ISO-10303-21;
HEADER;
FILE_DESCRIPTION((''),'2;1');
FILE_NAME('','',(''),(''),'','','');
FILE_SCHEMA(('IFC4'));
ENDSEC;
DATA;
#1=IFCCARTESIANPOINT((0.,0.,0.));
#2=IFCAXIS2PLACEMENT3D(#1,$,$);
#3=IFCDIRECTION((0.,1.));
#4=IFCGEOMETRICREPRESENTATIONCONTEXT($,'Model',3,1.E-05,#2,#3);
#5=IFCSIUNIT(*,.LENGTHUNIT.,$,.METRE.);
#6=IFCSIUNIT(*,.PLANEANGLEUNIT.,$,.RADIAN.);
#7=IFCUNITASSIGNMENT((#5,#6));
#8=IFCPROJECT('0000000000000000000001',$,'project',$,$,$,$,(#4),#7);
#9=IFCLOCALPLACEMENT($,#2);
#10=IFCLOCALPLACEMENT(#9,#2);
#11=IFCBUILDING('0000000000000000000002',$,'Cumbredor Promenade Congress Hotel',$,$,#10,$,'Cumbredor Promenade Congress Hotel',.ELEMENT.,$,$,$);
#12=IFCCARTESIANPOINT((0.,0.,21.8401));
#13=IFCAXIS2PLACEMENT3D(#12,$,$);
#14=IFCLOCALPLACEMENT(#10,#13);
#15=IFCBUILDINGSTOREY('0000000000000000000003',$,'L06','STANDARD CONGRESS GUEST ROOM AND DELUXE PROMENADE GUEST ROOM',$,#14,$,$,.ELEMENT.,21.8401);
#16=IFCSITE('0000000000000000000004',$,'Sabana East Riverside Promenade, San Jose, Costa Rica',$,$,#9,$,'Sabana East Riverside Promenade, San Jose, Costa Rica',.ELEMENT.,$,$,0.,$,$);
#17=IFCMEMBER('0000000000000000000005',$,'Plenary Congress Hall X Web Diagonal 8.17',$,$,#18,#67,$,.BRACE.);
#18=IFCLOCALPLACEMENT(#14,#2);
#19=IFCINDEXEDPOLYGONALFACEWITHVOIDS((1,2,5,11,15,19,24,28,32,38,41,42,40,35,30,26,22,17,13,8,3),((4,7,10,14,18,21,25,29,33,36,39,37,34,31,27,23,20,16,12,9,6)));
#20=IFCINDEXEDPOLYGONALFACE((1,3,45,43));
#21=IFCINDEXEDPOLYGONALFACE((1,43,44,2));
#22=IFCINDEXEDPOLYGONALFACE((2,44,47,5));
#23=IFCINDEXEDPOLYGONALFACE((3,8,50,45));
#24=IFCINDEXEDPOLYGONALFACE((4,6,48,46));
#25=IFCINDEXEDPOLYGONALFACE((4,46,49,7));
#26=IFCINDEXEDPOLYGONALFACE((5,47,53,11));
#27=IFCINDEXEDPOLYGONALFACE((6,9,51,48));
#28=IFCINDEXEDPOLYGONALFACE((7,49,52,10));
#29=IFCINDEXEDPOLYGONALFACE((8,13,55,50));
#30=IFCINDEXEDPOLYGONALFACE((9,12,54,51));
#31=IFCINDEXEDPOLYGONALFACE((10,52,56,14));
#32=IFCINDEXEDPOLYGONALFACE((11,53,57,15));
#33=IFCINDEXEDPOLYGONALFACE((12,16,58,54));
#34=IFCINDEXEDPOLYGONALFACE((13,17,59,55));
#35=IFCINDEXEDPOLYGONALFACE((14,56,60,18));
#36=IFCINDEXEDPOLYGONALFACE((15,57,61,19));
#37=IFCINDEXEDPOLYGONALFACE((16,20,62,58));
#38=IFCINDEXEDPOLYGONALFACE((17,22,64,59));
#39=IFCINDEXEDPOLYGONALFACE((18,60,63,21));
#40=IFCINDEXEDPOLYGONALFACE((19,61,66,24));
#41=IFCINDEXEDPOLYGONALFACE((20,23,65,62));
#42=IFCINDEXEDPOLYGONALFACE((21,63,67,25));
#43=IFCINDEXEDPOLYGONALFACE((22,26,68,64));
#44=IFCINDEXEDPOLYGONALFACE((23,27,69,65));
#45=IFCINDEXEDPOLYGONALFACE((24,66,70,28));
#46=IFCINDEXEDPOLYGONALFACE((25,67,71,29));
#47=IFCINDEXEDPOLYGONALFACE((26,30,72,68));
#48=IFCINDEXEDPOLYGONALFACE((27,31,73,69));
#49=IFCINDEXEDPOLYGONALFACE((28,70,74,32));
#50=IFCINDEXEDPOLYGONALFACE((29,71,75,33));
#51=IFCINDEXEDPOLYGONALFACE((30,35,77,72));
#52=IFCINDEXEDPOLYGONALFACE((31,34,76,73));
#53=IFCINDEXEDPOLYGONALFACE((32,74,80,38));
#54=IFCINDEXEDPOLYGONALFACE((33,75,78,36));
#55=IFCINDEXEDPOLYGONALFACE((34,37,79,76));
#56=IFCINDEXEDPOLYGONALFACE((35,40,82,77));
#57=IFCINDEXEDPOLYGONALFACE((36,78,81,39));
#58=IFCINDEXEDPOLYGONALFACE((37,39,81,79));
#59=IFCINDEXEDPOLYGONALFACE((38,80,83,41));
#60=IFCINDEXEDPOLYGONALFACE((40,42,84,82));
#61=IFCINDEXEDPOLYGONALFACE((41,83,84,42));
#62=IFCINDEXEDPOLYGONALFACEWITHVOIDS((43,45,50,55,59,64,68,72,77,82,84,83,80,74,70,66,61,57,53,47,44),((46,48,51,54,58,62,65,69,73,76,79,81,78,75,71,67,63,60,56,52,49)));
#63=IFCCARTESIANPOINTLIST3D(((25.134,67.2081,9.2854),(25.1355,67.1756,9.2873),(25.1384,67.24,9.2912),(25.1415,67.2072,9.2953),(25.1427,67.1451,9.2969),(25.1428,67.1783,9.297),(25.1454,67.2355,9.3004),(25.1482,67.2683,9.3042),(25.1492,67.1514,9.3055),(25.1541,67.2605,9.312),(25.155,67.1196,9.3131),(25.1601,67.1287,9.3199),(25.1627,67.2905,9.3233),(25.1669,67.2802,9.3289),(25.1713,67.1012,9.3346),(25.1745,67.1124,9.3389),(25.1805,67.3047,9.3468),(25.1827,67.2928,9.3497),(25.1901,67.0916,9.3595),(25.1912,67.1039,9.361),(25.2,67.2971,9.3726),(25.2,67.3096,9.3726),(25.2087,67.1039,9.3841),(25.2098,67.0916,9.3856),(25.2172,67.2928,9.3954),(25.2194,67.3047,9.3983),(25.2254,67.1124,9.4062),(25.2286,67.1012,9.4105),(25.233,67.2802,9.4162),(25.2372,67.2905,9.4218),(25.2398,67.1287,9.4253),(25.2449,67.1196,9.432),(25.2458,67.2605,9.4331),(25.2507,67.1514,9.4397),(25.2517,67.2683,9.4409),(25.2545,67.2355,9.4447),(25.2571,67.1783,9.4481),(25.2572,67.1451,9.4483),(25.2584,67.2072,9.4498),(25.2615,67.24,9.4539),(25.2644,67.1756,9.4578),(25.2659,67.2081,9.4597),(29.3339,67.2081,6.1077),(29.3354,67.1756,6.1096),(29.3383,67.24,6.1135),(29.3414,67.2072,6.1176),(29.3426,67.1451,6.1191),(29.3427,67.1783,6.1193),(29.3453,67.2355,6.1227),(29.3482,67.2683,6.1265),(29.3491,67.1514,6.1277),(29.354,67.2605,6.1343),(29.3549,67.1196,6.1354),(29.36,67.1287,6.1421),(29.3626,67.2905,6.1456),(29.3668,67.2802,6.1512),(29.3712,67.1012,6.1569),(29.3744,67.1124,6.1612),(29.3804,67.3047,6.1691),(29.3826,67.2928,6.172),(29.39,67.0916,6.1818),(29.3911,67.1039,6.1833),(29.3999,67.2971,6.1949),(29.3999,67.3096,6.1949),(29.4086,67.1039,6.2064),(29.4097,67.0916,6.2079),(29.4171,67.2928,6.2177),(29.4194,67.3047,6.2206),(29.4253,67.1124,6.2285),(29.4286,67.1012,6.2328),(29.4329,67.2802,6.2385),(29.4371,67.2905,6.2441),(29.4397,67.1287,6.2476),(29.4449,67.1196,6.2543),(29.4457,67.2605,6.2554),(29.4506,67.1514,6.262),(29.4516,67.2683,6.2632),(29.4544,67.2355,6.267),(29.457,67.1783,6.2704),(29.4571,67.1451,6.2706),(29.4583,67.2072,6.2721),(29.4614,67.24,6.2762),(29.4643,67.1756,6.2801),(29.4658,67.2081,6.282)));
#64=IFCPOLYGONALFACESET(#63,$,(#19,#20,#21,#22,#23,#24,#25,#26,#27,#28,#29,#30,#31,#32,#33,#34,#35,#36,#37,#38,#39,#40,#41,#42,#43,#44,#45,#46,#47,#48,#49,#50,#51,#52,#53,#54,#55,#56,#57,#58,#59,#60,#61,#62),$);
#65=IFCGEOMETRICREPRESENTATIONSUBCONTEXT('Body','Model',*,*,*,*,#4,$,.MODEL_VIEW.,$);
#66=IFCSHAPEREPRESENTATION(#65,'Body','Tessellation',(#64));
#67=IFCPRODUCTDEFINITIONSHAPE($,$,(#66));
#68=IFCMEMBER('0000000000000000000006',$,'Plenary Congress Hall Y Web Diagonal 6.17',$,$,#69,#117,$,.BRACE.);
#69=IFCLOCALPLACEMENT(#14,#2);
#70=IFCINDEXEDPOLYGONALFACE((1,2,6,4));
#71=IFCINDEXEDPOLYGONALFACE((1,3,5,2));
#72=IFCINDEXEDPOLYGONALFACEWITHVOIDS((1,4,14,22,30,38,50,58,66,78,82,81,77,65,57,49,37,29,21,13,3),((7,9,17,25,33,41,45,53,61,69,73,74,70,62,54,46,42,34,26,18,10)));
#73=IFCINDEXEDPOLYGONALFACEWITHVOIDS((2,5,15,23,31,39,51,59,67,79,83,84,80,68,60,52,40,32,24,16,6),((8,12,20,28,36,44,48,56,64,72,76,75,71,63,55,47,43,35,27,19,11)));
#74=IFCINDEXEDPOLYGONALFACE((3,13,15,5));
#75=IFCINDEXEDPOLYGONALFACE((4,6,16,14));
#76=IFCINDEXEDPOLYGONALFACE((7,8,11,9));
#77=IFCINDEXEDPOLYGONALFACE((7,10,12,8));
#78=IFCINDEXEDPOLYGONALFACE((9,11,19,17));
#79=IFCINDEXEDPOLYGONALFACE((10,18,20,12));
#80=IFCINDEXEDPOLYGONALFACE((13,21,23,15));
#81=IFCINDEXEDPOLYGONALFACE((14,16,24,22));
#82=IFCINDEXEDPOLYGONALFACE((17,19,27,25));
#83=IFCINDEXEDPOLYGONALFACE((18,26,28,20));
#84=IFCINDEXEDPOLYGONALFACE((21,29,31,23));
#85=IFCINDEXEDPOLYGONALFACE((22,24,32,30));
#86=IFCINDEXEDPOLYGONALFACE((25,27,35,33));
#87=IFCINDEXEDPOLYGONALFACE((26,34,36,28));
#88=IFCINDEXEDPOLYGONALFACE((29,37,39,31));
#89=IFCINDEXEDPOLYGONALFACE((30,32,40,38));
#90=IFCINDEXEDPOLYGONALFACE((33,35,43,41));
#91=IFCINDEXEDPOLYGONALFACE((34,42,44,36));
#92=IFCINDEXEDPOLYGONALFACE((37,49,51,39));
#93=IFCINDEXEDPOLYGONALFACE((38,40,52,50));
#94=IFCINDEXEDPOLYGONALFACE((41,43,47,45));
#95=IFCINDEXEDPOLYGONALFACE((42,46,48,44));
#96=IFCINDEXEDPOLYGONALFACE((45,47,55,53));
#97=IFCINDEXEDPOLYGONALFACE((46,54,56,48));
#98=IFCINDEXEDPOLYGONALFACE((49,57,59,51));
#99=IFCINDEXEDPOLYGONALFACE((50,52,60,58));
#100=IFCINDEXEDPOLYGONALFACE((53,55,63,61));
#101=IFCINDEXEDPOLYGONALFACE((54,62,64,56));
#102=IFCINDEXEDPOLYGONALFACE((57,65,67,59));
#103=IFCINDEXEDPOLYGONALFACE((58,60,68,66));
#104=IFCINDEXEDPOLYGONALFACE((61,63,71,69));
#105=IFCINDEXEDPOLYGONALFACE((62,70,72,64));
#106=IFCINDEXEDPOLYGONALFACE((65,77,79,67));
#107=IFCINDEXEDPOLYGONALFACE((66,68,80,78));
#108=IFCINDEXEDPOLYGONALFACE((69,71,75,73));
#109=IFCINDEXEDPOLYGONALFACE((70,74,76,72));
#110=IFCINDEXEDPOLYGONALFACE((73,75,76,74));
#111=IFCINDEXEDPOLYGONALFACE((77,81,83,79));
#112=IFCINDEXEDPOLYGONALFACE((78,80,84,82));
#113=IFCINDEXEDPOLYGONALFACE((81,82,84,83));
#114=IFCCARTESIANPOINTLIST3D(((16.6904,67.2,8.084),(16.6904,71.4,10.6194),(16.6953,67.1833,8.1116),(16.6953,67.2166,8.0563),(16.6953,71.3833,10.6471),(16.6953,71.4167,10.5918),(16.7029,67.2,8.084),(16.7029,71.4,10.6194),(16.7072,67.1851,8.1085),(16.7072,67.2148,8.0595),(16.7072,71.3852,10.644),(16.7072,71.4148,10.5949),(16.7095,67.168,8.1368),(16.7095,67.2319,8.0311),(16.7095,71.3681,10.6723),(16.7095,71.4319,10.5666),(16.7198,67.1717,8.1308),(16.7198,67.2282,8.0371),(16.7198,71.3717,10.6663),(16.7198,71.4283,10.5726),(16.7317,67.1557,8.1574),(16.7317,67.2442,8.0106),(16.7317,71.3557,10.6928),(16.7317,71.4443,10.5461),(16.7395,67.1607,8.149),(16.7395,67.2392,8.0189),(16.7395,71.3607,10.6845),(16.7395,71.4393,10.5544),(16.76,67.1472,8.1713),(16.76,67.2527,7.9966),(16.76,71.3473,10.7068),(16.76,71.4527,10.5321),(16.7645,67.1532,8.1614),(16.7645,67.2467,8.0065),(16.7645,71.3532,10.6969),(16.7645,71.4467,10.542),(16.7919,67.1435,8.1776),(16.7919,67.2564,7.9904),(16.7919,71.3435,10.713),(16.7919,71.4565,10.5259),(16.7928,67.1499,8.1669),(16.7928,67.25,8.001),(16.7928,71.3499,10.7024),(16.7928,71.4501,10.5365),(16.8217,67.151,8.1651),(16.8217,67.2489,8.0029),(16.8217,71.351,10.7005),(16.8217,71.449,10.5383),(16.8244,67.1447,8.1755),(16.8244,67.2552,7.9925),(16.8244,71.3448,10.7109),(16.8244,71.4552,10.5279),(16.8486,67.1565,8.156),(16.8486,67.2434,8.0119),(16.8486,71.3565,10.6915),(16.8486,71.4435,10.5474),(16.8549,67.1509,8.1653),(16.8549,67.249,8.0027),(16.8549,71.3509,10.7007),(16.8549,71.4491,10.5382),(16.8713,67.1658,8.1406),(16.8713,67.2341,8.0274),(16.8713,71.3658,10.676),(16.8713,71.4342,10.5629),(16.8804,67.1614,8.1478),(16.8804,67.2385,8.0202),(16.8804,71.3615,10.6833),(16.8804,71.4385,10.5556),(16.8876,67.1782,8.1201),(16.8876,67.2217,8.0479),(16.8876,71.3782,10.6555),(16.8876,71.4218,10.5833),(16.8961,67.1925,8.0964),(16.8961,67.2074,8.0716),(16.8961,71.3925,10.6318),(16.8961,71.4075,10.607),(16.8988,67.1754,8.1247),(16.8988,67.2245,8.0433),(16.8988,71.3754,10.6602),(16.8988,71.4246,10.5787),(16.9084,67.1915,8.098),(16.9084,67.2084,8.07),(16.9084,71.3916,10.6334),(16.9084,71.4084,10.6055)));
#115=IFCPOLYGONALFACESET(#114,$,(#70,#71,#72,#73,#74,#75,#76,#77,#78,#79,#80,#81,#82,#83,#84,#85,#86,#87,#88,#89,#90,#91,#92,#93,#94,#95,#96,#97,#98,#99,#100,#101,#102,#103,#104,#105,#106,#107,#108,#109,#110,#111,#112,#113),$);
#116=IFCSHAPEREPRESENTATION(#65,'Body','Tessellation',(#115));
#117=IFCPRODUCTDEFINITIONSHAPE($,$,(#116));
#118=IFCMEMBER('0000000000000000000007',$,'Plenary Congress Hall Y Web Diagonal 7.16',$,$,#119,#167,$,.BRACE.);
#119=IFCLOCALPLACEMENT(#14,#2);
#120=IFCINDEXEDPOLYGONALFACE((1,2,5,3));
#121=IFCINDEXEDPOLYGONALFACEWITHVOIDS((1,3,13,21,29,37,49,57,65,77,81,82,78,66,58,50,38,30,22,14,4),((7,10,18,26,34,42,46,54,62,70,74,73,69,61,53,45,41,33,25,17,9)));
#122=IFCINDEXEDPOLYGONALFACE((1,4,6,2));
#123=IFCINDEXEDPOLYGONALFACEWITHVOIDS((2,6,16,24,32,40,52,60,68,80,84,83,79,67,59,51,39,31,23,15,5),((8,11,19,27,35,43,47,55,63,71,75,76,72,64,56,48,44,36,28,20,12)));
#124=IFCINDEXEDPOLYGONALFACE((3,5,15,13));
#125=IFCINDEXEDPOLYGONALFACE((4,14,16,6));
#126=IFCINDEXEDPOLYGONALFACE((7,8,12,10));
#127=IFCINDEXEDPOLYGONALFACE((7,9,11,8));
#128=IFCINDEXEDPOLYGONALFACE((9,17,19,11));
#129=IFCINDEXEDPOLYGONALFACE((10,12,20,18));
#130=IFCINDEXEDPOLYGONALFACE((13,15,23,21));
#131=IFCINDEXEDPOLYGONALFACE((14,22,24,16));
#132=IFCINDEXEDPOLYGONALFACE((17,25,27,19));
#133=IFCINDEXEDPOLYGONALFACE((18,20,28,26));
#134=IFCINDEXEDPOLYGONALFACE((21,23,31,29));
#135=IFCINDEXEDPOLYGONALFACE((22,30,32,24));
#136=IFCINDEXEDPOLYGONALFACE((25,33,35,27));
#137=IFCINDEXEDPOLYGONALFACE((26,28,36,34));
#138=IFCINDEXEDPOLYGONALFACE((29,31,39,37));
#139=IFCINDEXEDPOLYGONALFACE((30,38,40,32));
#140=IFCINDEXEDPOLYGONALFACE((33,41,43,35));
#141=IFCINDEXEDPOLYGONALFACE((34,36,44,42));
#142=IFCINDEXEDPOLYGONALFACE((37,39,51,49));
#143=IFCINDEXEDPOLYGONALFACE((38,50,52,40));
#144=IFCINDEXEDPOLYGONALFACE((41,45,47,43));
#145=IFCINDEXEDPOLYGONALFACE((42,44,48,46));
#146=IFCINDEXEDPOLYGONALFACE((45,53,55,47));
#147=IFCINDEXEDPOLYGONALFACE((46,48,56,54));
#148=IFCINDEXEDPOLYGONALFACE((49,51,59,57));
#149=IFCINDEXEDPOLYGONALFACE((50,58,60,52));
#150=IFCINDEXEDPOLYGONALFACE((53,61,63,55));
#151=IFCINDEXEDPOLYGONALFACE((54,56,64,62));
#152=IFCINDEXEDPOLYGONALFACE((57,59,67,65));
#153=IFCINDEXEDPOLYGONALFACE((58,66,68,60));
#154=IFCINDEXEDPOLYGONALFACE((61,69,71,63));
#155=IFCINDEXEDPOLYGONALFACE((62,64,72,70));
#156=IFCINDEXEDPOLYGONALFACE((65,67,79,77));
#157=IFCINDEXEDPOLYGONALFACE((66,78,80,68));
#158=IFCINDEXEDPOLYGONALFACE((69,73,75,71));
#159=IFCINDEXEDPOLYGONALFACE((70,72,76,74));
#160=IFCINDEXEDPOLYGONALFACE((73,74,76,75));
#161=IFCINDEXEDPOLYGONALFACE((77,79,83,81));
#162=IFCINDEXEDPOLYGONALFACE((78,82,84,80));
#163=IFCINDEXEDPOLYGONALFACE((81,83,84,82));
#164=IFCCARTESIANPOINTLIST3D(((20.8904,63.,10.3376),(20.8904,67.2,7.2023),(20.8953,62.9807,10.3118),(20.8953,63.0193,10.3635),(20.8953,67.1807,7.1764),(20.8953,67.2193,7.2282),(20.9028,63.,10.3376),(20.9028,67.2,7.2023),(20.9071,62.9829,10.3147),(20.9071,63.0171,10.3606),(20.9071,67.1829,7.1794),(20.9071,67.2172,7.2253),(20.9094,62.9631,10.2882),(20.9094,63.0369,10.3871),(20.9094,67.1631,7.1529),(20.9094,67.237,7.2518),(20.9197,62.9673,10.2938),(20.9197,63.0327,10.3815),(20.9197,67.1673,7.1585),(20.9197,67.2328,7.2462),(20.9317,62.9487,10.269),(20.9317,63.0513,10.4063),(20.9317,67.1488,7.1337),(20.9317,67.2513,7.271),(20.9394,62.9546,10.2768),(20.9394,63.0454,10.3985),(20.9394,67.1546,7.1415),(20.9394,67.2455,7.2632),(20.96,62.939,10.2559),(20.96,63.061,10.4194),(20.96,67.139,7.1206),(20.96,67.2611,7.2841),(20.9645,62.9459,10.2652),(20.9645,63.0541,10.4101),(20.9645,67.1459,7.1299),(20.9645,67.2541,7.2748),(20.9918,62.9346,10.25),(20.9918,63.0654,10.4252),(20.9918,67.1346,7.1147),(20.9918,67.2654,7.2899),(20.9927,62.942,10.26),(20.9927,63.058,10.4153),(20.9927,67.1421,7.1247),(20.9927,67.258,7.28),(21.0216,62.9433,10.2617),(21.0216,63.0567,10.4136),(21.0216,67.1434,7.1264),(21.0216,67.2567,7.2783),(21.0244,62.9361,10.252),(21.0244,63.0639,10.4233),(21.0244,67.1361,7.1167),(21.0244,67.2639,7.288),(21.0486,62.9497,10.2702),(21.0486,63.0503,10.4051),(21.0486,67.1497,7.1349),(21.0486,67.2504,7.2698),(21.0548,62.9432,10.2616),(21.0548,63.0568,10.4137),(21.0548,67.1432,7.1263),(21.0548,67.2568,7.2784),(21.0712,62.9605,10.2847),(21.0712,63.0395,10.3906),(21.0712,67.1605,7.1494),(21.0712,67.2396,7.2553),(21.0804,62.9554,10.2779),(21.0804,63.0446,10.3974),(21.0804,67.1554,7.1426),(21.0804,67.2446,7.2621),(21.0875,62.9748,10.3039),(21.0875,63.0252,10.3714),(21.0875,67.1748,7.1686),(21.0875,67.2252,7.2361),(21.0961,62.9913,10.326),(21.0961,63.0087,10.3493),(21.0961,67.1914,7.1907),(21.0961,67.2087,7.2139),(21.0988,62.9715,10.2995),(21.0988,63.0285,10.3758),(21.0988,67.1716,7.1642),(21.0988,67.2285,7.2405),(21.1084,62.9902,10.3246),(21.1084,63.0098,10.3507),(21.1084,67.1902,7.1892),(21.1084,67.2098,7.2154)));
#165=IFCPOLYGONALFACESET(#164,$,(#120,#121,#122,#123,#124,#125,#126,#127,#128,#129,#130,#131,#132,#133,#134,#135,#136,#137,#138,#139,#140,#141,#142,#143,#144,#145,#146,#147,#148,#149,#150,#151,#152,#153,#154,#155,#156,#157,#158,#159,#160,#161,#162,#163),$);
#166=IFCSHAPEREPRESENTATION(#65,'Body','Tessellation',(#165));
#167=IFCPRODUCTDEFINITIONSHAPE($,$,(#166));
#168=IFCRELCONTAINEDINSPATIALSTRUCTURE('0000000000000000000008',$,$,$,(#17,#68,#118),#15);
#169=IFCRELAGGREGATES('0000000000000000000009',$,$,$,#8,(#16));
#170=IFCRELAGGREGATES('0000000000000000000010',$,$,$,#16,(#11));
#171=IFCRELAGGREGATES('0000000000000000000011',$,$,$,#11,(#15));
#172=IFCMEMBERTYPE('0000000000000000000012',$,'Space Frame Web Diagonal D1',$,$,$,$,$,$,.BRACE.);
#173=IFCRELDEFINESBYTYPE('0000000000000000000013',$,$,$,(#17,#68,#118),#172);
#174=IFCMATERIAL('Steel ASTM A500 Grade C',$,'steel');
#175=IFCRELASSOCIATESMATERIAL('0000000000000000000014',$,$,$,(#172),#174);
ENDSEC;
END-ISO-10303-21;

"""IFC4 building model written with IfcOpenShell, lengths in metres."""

from ifc_helpers import new_model, si_unit, direction, frame, origin, origin_2d, place, context, subcontext, project, spatial, hollow_circle, extrude, material, material_profile, profile_set, type_object, element, save


model = new_model("IFC4")

# Units and contexts
model_context = context("Model", 3, precision=1e-05, world=origin(), true_north=direction((0.0, 1.0)))
body_context = subcontext(model_context, "Body", "Model", "MODEL_VIEW")
ifc_project = project(units=[si_unit("LENGTHUNIT", "METRE"), si_unit("PLANEANGLEUNIT", "RADIAN")], contexts=[model_context])

# Site, building, storey
site_placement = place(None, origin())
site = spatial("IfcSite", under=ifc_project, at=site_placement, Name="Sabana East Riverside Promenade, San Jose, Costa Rica", LongName="Sabana East Riverside Promenade, San Jose, Costa Rica", CompositionType="ELEMENT", RefElevation=0.0)
building_placement = place(site_placement, origin())
building = spatial("IfcBuilding", under=site, at=building_placement, Name="Cumbredor Promenade Congress Hotel", LongName="Cumbredor Promenade Congress Hotel", CompositionType="ELEMENT")
storey_placement = place(building_placement, frame((0.0, 0.0, 21.8401)))
storey = spatial("IfcBuildingStorey", under=building, at=storey_placement, Name="L06", Description="STANDARD CONGRESS GUEST ROOM AND DELUXE PROMENADE GUEST ROOM", CompositionType="ELEMENT", Elevation=21.8401)

# Members
ifc_material_1 = material(Name="Steel ASTM A500 Grade C", Category="steel")
ifc_material_profile_1 = material_profile(ifc_material_1, hollow_circle(Radius=0.1096, WallThickness=0.0125, at=origin_2d()), Name="CHS 219.1x12.5")
ifc_profile_set_1 = profile_set([ifc_material_profile_1], Name="Steel ASTM A500 Grade C")
member_type_1 = type_object("IfcMemberType", Name="Space Frame Web Diagonal D1", PredefinedType="BRACE", material=ifc_profile_set_1)
member_1_placement = place(storey_placement, frame((25.2, 67.2, 9.3726), z_axis=(0.797462, 0.0, -0.603369), x_axis=(0.0, 1.0, 0.0)))
element("IfcMember", 1, at=member_1_placement, inside=storey, type_object=member_type_1, Name="Plenary Congress Hall X Web Diagonal 8.17", PredefinedType="BRACE", context=body_context, shape_type="SweptSolid", body=[
    extrude(hollow_circle(Radius=0.1096, WallThickness=0.0125, at=origin_2d()), origin(), (0.0, 0.0, 1.0), 5.2666),
])
member_2_placement = place(storey_placement, frame((16.8, 67.2, 8.084), z_axis=(0.0, 0.856102, 0.516806), x_axis=(-1.0, 0.0, 0.0)))
element("IfcMember", 2, at=member_2_placement, inside=storey, type_object=member_type_1, Name="Plenary Congress Hall Y Web Diagonal 6.17", PredefinedType="BRACE", context=body_context, shape_type="SweptSolid", body=[
    extrude(hollow_circle(Radius=0.1096, WallThickness=0.0125, at=origin_2d()), origin(), (0.0, 0.0, 1.0), 4.906),
])
member_3_placement = place(storey_placement, frame((21.0, 63.0, 10.3376), z_axis=(0.0, 0.801345, -0.598202), x_axis=(-1.0, 0.0, 0.0)))
element("IfcMember", 3, at=member_3_placement, inside=storey, type_object=member_type_1, Name="Plenary Congress Hall Y Web Diagonal 7.16", PredefinedType="BRACE", context=body_context, shape_type="SweptSolid", body=[
    extrude(hollow_circle(Radius=0.1096, WallThickness=0.0125, at=origin_2d()), origin(), (0.0, 0.0, 1.0), 5.2412),
])

save(model, "model.ifc")
